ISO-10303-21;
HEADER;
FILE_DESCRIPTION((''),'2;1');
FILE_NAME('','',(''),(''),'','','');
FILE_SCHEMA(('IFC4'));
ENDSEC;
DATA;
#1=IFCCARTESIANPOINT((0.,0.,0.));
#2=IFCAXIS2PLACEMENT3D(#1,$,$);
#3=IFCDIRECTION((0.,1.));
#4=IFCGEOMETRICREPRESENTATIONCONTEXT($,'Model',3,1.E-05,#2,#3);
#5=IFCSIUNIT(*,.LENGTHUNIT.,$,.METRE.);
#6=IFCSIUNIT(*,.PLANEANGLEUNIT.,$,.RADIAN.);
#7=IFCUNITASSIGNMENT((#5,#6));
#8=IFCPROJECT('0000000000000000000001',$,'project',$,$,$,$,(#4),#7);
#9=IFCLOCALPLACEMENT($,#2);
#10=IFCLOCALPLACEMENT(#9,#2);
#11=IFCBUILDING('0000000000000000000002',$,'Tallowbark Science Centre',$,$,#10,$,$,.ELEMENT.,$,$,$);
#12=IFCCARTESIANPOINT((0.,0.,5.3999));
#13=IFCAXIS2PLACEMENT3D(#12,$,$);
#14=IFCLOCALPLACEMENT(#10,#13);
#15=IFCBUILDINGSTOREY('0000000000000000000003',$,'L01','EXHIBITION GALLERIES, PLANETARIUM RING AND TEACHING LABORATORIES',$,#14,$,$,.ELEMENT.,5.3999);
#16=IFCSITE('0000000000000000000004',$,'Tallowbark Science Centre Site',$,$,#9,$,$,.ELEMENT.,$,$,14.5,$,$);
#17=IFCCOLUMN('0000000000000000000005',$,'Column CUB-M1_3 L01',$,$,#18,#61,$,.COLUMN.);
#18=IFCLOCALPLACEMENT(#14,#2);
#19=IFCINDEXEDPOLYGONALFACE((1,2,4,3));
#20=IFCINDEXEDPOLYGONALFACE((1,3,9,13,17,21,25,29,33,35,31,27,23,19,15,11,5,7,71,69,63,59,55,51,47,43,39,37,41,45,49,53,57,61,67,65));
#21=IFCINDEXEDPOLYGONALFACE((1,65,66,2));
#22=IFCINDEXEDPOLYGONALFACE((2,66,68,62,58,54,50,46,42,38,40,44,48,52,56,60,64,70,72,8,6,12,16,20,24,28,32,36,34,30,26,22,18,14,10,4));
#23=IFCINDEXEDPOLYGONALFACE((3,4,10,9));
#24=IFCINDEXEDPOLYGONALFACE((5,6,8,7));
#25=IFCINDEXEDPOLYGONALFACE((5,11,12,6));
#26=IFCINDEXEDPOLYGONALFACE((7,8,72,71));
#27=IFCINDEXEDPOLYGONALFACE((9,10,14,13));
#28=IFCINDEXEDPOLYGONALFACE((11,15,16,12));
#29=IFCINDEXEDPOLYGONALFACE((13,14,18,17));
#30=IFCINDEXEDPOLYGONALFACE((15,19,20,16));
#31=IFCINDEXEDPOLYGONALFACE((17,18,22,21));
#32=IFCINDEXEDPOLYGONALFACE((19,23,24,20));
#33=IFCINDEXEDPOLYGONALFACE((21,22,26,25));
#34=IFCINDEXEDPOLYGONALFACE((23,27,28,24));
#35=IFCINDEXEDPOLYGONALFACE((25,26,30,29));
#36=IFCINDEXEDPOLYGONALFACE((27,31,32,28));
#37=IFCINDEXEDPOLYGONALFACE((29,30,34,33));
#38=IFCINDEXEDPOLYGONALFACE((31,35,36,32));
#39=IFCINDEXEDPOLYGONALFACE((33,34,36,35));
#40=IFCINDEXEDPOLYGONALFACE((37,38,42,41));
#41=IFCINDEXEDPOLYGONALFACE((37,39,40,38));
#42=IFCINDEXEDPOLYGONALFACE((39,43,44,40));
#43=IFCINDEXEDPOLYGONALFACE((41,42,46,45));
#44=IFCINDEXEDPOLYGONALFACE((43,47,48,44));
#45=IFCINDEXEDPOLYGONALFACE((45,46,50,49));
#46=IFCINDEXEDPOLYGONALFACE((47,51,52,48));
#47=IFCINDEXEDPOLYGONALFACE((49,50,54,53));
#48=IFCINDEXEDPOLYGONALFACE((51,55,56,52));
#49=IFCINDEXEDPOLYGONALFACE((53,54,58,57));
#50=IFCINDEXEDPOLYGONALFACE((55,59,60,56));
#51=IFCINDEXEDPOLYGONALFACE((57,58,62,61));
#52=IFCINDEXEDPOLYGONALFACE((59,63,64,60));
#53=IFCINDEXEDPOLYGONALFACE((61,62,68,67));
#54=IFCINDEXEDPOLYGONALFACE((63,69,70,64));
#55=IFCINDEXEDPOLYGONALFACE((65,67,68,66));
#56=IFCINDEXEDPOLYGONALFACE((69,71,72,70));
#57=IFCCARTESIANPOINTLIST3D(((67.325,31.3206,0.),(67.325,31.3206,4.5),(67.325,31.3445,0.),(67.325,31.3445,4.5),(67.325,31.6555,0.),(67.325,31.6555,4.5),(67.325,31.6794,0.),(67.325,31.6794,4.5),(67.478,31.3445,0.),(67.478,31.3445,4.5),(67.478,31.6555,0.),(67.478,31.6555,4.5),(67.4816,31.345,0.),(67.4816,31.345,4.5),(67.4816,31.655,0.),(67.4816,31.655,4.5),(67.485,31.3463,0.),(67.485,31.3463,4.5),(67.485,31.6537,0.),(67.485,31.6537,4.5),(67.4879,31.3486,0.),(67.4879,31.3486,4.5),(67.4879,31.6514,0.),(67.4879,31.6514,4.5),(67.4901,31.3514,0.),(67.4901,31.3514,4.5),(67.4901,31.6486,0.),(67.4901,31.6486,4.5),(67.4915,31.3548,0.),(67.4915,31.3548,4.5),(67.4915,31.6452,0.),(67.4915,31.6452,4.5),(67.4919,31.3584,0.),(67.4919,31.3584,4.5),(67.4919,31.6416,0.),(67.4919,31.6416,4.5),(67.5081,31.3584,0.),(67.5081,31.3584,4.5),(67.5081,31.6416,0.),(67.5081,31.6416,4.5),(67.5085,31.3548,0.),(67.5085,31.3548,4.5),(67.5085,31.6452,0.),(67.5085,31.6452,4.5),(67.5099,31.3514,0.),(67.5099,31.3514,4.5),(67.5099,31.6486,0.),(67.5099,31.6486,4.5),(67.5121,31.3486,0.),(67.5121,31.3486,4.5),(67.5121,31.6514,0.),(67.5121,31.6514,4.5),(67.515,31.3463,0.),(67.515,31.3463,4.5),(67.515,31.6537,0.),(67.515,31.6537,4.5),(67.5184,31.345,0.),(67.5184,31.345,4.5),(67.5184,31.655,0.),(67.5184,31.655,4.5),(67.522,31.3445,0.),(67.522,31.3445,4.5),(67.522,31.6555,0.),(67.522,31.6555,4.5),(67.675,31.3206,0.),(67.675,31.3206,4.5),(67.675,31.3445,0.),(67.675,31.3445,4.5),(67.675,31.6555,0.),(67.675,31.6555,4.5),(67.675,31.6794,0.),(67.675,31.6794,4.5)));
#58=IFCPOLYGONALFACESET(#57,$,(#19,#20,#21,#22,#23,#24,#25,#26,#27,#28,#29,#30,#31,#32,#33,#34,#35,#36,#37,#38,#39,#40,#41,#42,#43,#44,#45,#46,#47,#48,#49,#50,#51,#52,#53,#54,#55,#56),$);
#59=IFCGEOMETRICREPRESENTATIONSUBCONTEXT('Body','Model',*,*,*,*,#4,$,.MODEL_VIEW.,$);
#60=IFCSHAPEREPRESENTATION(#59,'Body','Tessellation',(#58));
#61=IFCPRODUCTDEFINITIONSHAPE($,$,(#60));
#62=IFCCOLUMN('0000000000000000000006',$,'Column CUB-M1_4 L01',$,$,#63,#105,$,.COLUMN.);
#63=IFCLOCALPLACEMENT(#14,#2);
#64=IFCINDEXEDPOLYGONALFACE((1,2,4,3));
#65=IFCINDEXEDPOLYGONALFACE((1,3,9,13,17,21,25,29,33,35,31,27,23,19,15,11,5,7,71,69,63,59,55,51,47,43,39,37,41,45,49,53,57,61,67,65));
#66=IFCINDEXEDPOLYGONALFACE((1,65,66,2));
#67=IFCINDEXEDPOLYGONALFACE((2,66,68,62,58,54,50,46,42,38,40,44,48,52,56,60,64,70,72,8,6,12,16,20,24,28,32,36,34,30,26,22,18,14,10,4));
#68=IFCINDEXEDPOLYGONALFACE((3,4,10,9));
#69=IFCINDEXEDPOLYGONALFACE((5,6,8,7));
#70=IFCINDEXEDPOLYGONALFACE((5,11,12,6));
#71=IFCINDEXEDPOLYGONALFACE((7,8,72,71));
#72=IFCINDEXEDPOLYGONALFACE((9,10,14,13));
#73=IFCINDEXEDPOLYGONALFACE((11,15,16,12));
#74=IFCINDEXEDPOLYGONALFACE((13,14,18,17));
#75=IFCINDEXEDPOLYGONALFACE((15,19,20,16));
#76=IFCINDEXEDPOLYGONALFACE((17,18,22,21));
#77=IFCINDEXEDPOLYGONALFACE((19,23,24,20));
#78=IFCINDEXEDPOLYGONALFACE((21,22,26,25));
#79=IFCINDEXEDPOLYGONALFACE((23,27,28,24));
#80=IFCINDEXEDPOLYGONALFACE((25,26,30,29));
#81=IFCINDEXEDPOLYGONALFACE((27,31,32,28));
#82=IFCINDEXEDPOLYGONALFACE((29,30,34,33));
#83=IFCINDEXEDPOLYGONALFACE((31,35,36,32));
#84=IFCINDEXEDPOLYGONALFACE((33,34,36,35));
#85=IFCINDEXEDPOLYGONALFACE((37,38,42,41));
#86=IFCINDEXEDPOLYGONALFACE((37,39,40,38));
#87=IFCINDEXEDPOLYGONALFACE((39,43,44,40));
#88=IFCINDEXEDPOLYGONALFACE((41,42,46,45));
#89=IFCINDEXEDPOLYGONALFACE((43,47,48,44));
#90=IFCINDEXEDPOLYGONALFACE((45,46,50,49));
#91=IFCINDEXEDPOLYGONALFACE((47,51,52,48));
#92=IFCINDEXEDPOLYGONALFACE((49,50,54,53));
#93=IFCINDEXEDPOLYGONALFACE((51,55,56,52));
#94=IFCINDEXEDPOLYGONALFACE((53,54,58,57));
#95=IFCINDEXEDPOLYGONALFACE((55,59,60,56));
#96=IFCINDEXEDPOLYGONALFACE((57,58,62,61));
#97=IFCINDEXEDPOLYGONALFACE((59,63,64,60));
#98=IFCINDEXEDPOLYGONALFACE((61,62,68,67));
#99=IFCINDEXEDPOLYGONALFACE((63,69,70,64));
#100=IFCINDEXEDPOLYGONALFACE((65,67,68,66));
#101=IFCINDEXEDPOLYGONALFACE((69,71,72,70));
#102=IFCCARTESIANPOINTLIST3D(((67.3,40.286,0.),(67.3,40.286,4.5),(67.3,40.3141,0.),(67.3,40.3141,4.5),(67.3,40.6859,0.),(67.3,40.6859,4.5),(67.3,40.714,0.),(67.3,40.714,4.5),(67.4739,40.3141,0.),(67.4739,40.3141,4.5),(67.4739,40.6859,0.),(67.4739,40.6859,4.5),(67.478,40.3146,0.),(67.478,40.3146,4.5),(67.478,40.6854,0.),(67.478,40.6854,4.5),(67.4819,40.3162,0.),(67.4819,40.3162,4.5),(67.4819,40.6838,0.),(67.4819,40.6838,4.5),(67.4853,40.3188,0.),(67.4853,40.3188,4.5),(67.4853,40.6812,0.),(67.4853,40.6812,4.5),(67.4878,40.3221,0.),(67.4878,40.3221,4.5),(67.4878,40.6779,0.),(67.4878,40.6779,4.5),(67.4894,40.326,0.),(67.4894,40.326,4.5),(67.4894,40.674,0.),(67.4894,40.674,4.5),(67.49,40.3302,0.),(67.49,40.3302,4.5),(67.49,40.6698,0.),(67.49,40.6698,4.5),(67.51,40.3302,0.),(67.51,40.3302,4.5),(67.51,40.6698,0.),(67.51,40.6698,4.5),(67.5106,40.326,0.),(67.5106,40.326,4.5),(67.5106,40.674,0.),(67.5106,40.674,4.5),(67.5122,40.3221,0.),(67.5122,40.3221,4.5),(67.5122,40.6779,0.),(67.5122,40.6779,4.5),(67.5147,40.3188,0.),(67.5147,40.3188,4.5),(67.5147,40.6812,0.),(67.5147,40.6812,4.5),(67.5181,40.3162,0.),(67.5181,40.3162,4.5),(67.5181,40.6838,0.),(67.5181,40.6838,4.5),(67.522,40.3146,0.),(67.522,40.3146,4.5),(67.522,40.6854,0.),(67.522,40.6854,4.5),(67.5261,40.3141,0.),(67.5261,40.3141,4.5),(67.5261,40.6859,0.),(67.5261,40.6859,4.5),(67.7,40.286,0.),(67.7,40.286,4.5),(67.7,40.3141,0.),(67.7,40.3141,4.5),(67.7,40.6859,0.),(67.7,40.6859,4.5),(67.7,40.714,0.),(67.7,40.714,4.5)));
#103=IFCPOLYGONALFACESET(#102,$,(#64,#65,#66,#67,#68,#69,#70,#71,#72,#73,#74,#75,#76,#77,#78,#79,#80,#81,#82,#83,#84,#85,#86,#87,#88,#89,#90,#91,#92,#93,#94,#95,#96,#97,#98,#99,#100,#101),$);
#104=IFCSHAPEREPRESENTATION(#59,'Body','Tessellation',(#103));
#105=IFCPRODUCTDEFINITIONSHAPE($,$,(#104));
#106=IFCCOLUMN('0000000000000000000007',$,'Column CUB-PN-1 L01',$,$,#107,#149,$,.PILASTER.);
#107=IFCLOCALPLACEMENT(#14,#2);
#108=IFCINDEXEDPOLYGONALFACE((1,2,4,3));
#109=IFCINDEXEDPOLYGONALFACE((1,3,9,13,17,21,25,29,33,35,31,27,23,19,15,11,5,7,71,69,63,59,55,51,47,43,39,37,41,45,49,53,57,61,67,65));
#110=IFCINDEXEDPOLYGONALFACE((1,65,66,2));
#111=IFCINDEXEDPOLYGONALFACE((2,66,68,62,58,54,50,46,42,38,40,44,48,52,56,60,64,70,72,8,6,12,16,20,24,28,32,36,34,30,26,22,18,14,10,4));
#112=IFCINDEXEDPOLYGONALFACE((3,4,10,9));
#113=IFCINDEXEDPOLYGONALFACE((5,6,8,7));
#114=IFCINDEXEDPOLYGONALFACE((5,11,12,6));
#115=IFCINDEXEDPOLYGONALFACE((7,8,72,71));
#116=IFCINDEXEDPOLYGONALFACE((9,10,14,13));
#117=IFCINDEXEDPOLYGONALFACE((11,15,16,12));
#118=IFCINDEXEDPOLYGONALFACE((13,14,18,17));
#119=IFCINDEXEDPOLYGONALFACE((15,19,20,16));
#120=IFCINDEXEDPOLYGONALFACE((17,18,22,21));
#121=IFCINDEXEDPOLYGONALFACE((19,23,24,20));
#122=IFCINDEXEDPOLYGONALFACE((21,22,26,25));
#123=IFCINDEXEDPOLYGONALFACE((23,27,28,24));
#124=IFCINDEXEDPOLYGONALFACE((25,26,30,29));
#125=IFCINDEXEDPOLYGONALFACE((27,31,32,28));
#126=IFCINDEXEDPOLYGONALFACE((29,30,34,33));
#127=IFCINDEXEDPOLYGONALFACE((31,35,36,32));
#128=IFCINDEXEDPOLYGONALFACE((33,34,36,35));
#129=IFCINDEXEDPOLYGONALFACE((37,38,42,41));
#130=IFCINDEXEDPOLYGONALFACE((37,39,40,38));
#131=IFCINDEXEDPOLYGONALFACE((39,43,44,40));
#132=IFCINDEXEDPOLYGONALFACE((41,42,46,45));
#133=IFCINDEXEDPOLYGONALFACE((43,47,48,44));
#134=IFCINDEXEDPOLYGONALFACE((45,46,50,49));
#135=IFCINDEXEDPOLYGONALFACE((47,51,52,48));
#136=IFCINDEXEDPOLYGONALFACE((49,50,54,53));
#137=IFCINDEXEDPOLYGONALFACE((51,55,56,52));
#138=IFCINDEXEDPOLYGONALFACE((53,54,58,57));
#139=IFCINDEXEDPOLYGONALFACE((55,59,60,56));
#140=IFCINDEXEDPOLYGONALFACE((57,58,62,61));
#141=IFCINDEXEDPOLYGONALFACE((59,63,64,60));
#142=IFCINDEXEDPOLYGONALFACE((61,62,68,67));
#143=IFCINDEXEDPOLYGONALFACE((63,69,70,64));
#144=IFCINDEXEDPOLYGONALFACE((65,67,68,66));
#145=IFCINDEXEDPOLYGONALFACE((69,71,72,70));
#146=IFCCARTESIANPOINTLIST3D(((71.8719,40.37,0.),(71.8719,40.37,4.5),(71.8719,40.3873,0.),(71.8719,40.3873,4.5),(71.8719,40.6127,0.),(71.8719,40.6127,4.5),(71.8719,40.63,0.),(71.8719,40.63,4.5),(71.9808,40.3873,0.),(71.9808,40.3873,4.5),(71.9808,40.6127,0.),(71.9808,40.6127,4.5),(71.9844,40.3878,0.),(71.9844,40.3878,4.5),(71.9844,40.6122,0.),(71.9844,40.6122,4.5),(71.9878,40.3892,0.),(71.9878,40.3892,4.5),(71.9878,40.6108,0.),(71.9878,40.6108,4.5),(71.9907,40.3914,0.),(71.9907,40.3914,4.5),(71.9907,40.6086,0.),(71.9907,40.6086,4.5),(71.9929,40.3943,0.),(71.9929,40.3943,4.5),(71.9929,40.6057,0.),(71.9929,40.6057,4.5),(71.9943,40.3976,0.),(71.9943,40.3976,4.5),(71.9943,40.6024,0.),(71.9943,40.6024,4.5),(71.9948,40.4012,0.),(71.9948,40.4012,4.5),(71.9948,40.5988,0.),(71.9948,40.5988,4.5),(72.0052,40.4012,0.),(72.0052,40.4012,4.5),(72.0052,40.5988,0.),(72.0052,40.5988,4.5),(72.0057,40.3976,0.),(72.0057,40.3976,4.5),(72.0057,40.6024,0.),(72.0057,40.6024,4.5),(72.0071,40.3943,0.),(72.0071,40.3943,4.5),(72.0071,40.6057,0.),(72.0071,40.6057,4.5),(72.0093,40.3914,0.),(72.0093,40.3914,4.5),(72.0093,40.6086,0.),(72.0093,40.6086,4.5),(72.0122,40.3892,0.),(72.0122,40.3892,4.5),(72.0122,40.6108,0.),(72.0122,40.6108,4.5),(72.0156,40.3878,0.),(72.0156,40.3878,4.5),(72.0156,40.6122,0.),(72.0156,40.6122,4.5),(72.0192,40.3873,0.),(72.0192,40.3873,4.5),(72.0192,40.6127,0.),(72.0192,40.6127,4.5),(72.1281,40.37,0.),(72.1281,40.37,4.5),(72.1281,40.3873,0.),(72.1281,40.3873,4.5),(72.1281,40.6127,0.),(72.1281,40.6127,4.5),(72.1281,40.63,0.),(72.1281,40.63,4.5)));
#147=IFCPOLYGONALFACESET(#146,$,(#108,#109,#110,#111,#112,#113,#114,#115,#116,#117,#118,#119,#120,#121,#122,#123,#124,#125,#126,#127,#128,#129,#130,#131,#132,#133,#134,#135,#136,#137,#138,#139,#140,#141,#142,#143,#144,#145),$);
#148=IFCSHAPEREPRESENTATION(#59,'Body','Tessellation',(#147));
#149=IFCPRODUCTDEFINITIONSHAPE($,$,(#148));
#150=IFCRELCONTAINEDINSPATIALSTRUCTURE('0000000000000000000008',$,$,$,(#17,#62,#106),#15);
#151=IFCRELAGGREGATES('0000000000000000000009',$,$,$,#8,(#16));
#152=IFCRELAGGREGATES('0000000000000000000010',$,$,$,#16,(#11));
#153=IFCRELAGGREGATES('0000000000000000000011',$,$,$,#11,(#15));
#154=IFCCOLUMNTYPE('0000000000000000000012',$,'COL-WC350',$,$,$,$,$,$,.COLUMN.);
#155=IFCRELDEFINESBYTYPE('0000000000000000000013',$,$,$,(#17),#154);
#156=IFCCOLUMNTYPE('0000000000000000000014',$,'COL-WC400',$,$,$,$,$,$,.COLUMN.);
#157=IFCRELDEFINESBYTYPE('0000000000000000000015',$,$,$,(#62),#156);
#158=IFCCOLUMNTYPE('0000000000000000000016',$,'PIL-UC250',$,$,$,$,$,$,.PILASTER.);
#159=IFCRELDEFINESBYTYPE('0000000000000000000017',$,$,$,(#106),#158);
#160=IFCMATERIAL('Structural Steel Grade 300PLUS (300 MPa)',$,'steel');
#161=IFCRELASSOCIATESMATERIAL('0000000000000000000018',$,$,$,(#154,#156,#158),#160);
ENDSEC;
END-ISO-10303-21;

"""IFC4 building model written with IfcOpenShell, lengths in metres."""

from ifc_helpers import new_model, si_unit, direction, frame, origin, origin_2d, place, context, subcontext, project, spatial, i_section, extrude, material, material_profile, profile_set, type_object, element, save


model = new_model("IFC4")

# Units and contexts
model_context = context("Model", 3, precision=1e-05, world=origin(), true_north=direction((0.0, 1.0)))
body_context = subcontext(model_context, "Body", "Model", "MODEL_VIEW")
ifc_project = project(units=[si_unit("LENGTHUNIT", "METRE"), si_unit("PLANEANGLEUNIT", "RADIAN")], contexts=[model_context])

# Site, building, storey
site_placement = place(None, origin())
site = spatial("IfcSite", under=ifc_project, at=site_placement, Name="Tallowbark Science Centre Site", CompositionType="ELEMENT", RefElevation=14.5)
building_placement = place(site_placement, origin())
building = spatial("IfcBuilding", under=site, at=building_placement, Name="Tallowbark Science Centre", CompositionType="ELEMENT")
storey_placement = place(building_placement, frame((0.0, 0.0, 5.3999)))
storey = spatial("IfcBuildingStorey", under=building, at=storey_placement, Name="L01", Description="EXHIBITION GALLERIES, PLANETARIUM RING AND TEACHING LABORATORIES", CompositionType="ELEMENT", Elevation=5.3999)

# Columns
ifc_material_1 = material(Name="Structural Steel Grade 300PLUS (300 MPa)", Category="steel")
ifc_material_profile_1 = material_profile(ifc_material_1, i_section(OverallWidth=0.3501, OverallDepth=0.3589, WebThickness=0.0161, FlangeThickness=0.0239, FilletRadius=0.0139, at=origin_2d()), Name="350WC197")
ifc_profile_set_1 = profile_set([ifc_material_profile_1], Name="Structural Steel Grade 300PLUS (300 MPa)")
column_type_1 = type_object("IfcColumnType", Name="COL-WC350", PredefinedType="COLUMN", material=ifc_profile_set_1)
column_1_placement = place(storey_placement, frame((67.5, 31.5, 0.0), z_axis=(0.0, 0.0, 1.0), x_axis=(1.0, 0.0, 0.0)))
element("IfcColumn", 1, at=column_1_placement, inside=storey, type_object=column_type_1, Name="Column CUB-M1_3 L01", PredefinedType="COLUMN", context=body_context, shape_type="SweptSolid", body=[
    extrude(i_section(OverallWidth=0.3501, OverallDepth=0.3589, WebThickness=0.0161, FlangeThickness=0.0239, FilletRadius=0.0139, at=origin_2d()), origin(), (0.0, 0.0, 1.0), 4.5),
])
ifc_material_profile_2 = material_profile(ifc_material_1, i_section(OverallWidth=0.3999, OverallDepth=0.428, WebThickness=0.02, FlangeThickness=0.0281, FilletRadius=0.0161, at=origin_2d()), Name="400WC270")
ifc_profile_set_2 = profile_set([ifc_material_profile_2], Name="Structural Steel Grade 300PLUS (300 MPa)")
column_type_2 = type_object("IfcColumnType", Name="COL-WC400", PredefinedType="COLUMN", material=ifc_profile_set_2)
column_2_placement = place(storey_placement, frame((67.5, 40.5, 0.0), z_axis=(0.0, 0.0, 1.0), x_axis=(1.0, 0.0, 0.0)))
element("IfcColumn", 2, at=column_2_placement, inside=storey, type_object=column_type_2, Name="Column CUB-M1_4 L01", PredefinedType="COLUMN", context=body_context, shape_type="SweptSolid", body=[
    extrude(i_section(OverallWidth=0.3999, OverallDepth=0.428, WebThickness=0.02, FlangeThickness=0.0281, FilletRadius=0.0161, at=origin_2d()), origin(), (0.0, 0.0, 1.0), 4.5),
])
ifc_material_profile_3 = material_profile(ifc_material_1, i_section(OverallWidth=0.2561, OverallDepth=0.26, WebThickness=0.0105, FlangeThickness=0.0173, FilletRadius=0.0139, at=origin_2d()), Name="250UC89.5")
ifc_profile_set_3 = profile_set([ifc_material_profile_3], Name="Structural Steel Grade 300PLUS (300 MPa)")
column_type_3 = type_object("IfcColumnType", Name="PIL-UC250", PredefinedType="PILASTER", material=ifc_profile_set_3)
column_3_placement = place(storey_placement, frame((72.0, 40.5, 0.0), z_axis=(0.0, 0.0, 1.0), x_axis=(1.0, 0.0, 0.0)))
element("IfcColumn", 3, at=column_3_placement, inside=storey, type_object=column_type_3, Name="Column CUB-PN-1 L01", PredefinedType="PILASTER", context=body_context, shape_type="SweptSolid", body=[
    extrude(i_section(OverallWidth=0.2561, OverallDepth=0.26, WebThickness=0.0105, FlangeThickness=0.0173, FilletRadius=0.0139, at=origin_2d()), origin(), (0.0, 0.0, 1.0), 4.5),
])

save(model, "model.ifc")
